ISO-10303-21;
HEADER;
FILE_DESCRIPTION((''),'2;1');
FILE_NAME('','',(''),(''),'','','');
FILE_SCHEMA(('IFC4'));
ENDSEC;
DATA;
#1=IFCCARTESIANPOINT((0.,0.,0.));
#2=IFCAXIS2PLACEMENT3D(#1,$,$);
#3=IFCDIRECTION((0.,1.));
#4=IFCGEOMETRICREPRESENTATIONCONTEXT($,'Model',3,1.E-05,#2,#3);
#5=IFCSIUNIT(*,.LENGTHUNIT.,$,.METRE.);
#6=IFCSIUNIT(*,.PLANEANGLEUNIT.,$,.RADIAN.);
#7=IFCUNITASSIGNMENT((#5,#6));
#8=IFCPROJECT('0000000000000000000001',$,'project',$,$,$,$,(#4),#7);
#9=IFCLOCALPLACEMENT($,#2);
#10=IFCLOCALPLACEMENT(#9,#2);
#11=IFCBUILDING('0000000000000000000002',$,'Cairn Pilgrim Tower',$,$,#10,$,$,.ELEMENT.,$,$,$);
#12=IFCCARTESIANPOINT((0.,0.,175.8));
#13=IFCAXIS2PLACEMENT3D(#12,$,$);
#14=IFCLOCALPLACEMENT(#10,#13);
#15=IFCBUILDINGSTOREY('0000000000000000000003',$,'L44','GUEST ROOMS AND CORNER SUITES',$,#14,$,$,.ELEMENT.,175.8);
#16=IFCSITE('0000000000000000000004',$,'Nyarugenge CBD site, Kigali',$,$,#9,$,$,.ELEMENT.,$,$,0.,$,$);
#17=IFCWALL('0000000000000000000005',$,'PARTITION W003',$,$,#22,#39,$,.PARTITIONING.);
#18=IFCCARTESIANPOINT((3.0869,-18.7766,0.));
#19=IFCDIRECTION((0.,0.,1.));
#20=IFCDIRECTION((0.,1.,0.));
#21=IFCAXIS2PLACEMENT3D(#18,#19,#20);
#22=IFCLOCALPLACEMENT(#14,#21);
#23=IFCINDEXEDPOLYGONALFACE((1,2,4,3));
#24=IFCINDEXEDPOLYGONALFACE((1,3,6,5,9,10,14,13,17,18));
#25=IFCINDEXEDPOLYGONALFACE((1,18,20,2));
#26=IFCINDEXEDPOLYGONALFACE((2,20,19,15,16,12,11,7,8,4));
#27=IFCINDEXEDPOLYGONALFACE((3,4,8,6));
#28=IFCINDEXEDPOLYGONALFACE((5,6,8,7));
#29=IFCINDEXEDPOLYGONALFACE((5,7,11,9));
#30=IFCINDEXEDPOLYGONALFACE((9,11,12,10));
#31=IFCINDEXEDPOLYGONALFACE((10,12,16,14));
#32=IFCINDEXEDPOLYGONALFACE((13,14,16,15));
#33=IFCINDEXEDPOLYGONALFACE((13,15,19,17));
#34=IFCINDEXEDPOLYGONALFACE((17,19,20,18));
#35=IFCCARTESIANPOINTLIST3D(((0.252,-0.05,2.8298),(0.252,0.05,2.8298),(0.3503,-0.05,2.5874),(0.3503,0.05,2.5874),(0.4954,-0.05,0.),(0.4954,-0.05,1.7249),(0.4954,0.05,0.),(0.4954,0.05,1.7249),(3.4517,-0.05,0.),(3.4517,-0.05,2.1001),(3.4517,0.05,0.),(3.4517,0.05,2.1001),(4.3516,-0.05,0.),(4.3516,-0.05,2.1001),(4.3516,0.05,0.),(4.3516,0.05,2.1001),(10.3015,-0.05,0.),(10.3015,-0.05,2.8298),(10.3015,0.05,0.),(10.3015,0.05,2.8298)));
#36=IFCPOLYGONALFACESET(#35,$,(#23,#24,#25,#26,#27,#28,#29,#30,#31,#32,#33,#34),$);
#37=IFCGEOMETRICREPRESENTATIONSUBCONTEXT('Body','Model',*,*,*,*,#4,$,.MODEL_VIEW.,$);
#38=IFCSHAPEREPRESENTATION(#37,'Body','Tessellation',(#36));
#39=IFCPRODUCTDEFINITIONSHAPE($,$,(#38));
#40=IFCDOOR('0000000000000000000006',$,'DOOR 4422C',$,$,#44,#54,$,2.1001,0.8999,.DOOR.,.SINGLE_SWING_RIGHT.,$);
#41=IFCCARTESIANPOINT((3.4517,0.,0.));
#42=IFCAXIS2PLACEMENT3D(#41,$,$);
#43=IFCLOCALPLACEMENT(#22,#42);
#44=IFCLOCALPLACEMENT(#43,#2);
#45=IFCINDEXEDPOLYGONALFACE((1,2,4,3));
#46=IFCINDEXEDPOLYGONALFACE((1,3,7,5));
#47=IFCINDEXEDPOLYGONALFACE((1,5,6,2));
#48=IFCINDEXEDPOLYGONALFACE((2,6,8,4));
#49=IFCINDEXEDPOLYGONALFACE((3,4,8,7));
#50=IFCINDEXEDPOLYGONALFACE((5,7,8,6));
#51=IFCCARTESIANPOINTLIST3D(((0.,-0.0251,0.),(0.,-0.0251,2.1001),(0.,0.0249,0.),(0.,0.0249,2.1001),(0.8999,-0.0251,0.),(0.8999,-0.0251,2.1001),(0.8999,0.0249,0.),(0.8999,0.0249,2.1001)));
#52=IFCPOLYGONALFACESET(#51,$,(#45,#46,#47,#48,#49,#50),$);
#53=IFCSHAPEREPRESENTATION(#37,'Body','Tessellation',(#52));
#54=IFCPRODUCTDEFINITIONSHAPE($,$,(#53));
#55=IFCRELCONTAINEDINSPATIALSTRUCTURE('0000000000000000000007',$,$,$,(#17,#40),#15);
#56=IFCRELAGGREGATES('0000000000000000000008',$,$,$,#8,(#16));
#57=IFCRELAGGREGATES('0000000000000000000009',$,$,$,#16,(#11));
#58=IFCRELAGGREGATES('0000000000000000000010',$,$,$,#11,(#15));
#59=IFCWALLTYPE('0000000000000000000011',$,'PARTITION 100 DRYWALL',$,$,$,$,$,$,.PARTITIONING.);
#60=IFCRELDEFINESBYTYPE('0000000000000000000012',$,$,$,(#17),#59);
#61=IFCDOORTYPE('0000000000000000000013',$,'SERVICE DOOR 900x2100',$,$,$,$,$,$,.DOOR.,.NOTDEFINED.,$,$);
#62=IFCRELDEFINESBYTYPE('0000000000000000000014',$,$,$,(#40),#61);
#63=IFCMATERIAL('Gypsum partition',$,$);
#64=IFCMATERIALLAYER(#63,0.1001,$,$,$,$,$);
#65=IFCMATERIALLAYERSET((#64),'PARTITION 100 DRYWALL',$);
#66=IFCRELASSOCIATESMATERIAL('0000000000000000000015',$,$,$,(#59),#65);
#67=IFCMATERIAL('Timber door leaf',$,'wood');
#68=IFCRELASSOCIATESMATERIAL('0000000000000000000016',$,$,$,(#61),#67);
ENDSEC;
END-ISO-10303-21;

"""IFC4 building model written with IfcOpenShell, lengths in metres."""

from ifc_helpers import new_model, si_unit, direction, frame, frame_2d, origin, place, context, subcontext, project, spatial, polyline, rectangle, outline, extrude, material, layer, layer_set, type_object, element, fill, save


model = new_model("IFC4")

# Units and contexts
model_context = context("Model", 3, precision=1e-05, world=origin(), true_north=direction((0.0, 1.0)))
body_context = subcontext(model_context, "Body", "Model", "MODEL_VIEW")
ifc_project = project(units=[si_unit("LENGTHUNIT", "METRE"), si_unit("PLANEANGLEUNIT", "RADIAN")], contexts=[model_context])

# Site, building, storey
site_placement = place(None, origin())
site = spatial("IfcSite", under=ifc_project, at=site_placement, Name="Nyarugenge CBD site, Kigali", CompositionType="ELEMENT", RefElevation=0.0)
building_placement = place(site_placement, origin())
building = spatial("IfcBuilding", under=site, at=building_placement, Name="Cairn Pilgrim Tower", CompositionType="ELEMENT")
storey_placement = place(building_placement, frame((0.0, 0.0, 175.8)))
storey = spatial("IfcBuildingStorey", under=building, at=storey_placement, Name="L44", Description="GUEST ROOMS AND CORNER SUITES", CompositionType="ELEMENT", Elevation=175.8)

# Wall, opening, door
ifc_material_1 = material(Name="Gypsum partition")
ifc_layer_1 = layer(ifc_material_1, 0.1001)
ifc_layer_set_1 = layer_set([ifc_layer_1], Name="PARTITION 100 DRYWALL")
wall_type_1 = type_object("IfcWallType", Name="PARTITION 100 DRYWALL", PredefinedType="PARTITIONING", material=ifc_layer_set_1)
wall_1_placement = place(storey_placement, frame((3.0869, -18.7766, 0.0), z_axis=(0.0, 0.0, 1.0), x_axis=(0.0, 1.0, 0.0)))
wall_1 = element("IfcWall", 1, at=wall_1_placement, inside=storey, type_object=wall_type_1, Name="PARTITION W003", PredefinedType="PARTITIONING", context=body_context, shape_type="SweptSolid", body=[
    extrude(outline(polyline([(0.4954, 0.0), (10.3015, 0.0), (10.3015, 0.8625), (10.3015, 1.7249), (10.3015, 2.5874), (10.3015, 2.8298), (0.252, 2.8298), (0.3503, 2.5874), (0.4954, 1.7249), (0.4954, 0.8625), (0.4954, 0.0)])), frame((0.0, 0.05, 0.0), z_axis=(0.0, -1.0, 0.0), x_axis=(1.0, 0.0, 0.0)), (0.0, 0.0, 1.0), 0.1001),
])
opening_1_placement = place(wall_1_placement, frame((3.4517, 0.0, 0.0)))
opening_1 = element("IfcOpeningElement", 2, at=opening_1_placement, cuts=wall_1, PredefinedType="OPENING", context=body_context, shape_type="SweptSolid", body=[
    extrude(rectangle(XDim=0.8999, YDim=2.1001, at=frame_2d((0.45, 1.05))), frame((0.0, 0.0601, 0.0), z_axis=(0.0, -1.0, 0.0), x_axis=(1.0, 0.0, 0.0)), (0.0, 0.0, 1.0), 0.1201),
])
ifc_material_2 = material(Name="Timber door leaf", Category="wood")
door_type_1 = type_object("IfcDoorType", Name="SERVICE DOOR 900x2100", OperationType="NOTDEFINED", PredefinedType="DOOR", material=ifc_material_2)
door_1_placement = place(opening_1_placement, origin())
door_1 = element("IfcDoor", 3, at=door_1_placement, inside=storey, type_object=door_type_1, Name="DOOR 4422C", OperationType="SINGLE_SWING_RIGHT", OverallHeight=2.1001, OverallWidth=0.8999, PredefinedType="DOOR", context=body_context, shape_type="SweptSolid", body=[
    extrude(rectangle(XDim=0.8999, YDim=2.1001, at=frame_2d((0.45, 1.05))), frame((0.0, 0.0249, 0.0), z_axis=(0.0, -1.0, 0.0), x_axis=(1.0, 0.0, 0.0)), (0.0, 0.0, 1.0), 0.05),
])
fill(opening_1, door_1)

save(model, "model.ifc")
